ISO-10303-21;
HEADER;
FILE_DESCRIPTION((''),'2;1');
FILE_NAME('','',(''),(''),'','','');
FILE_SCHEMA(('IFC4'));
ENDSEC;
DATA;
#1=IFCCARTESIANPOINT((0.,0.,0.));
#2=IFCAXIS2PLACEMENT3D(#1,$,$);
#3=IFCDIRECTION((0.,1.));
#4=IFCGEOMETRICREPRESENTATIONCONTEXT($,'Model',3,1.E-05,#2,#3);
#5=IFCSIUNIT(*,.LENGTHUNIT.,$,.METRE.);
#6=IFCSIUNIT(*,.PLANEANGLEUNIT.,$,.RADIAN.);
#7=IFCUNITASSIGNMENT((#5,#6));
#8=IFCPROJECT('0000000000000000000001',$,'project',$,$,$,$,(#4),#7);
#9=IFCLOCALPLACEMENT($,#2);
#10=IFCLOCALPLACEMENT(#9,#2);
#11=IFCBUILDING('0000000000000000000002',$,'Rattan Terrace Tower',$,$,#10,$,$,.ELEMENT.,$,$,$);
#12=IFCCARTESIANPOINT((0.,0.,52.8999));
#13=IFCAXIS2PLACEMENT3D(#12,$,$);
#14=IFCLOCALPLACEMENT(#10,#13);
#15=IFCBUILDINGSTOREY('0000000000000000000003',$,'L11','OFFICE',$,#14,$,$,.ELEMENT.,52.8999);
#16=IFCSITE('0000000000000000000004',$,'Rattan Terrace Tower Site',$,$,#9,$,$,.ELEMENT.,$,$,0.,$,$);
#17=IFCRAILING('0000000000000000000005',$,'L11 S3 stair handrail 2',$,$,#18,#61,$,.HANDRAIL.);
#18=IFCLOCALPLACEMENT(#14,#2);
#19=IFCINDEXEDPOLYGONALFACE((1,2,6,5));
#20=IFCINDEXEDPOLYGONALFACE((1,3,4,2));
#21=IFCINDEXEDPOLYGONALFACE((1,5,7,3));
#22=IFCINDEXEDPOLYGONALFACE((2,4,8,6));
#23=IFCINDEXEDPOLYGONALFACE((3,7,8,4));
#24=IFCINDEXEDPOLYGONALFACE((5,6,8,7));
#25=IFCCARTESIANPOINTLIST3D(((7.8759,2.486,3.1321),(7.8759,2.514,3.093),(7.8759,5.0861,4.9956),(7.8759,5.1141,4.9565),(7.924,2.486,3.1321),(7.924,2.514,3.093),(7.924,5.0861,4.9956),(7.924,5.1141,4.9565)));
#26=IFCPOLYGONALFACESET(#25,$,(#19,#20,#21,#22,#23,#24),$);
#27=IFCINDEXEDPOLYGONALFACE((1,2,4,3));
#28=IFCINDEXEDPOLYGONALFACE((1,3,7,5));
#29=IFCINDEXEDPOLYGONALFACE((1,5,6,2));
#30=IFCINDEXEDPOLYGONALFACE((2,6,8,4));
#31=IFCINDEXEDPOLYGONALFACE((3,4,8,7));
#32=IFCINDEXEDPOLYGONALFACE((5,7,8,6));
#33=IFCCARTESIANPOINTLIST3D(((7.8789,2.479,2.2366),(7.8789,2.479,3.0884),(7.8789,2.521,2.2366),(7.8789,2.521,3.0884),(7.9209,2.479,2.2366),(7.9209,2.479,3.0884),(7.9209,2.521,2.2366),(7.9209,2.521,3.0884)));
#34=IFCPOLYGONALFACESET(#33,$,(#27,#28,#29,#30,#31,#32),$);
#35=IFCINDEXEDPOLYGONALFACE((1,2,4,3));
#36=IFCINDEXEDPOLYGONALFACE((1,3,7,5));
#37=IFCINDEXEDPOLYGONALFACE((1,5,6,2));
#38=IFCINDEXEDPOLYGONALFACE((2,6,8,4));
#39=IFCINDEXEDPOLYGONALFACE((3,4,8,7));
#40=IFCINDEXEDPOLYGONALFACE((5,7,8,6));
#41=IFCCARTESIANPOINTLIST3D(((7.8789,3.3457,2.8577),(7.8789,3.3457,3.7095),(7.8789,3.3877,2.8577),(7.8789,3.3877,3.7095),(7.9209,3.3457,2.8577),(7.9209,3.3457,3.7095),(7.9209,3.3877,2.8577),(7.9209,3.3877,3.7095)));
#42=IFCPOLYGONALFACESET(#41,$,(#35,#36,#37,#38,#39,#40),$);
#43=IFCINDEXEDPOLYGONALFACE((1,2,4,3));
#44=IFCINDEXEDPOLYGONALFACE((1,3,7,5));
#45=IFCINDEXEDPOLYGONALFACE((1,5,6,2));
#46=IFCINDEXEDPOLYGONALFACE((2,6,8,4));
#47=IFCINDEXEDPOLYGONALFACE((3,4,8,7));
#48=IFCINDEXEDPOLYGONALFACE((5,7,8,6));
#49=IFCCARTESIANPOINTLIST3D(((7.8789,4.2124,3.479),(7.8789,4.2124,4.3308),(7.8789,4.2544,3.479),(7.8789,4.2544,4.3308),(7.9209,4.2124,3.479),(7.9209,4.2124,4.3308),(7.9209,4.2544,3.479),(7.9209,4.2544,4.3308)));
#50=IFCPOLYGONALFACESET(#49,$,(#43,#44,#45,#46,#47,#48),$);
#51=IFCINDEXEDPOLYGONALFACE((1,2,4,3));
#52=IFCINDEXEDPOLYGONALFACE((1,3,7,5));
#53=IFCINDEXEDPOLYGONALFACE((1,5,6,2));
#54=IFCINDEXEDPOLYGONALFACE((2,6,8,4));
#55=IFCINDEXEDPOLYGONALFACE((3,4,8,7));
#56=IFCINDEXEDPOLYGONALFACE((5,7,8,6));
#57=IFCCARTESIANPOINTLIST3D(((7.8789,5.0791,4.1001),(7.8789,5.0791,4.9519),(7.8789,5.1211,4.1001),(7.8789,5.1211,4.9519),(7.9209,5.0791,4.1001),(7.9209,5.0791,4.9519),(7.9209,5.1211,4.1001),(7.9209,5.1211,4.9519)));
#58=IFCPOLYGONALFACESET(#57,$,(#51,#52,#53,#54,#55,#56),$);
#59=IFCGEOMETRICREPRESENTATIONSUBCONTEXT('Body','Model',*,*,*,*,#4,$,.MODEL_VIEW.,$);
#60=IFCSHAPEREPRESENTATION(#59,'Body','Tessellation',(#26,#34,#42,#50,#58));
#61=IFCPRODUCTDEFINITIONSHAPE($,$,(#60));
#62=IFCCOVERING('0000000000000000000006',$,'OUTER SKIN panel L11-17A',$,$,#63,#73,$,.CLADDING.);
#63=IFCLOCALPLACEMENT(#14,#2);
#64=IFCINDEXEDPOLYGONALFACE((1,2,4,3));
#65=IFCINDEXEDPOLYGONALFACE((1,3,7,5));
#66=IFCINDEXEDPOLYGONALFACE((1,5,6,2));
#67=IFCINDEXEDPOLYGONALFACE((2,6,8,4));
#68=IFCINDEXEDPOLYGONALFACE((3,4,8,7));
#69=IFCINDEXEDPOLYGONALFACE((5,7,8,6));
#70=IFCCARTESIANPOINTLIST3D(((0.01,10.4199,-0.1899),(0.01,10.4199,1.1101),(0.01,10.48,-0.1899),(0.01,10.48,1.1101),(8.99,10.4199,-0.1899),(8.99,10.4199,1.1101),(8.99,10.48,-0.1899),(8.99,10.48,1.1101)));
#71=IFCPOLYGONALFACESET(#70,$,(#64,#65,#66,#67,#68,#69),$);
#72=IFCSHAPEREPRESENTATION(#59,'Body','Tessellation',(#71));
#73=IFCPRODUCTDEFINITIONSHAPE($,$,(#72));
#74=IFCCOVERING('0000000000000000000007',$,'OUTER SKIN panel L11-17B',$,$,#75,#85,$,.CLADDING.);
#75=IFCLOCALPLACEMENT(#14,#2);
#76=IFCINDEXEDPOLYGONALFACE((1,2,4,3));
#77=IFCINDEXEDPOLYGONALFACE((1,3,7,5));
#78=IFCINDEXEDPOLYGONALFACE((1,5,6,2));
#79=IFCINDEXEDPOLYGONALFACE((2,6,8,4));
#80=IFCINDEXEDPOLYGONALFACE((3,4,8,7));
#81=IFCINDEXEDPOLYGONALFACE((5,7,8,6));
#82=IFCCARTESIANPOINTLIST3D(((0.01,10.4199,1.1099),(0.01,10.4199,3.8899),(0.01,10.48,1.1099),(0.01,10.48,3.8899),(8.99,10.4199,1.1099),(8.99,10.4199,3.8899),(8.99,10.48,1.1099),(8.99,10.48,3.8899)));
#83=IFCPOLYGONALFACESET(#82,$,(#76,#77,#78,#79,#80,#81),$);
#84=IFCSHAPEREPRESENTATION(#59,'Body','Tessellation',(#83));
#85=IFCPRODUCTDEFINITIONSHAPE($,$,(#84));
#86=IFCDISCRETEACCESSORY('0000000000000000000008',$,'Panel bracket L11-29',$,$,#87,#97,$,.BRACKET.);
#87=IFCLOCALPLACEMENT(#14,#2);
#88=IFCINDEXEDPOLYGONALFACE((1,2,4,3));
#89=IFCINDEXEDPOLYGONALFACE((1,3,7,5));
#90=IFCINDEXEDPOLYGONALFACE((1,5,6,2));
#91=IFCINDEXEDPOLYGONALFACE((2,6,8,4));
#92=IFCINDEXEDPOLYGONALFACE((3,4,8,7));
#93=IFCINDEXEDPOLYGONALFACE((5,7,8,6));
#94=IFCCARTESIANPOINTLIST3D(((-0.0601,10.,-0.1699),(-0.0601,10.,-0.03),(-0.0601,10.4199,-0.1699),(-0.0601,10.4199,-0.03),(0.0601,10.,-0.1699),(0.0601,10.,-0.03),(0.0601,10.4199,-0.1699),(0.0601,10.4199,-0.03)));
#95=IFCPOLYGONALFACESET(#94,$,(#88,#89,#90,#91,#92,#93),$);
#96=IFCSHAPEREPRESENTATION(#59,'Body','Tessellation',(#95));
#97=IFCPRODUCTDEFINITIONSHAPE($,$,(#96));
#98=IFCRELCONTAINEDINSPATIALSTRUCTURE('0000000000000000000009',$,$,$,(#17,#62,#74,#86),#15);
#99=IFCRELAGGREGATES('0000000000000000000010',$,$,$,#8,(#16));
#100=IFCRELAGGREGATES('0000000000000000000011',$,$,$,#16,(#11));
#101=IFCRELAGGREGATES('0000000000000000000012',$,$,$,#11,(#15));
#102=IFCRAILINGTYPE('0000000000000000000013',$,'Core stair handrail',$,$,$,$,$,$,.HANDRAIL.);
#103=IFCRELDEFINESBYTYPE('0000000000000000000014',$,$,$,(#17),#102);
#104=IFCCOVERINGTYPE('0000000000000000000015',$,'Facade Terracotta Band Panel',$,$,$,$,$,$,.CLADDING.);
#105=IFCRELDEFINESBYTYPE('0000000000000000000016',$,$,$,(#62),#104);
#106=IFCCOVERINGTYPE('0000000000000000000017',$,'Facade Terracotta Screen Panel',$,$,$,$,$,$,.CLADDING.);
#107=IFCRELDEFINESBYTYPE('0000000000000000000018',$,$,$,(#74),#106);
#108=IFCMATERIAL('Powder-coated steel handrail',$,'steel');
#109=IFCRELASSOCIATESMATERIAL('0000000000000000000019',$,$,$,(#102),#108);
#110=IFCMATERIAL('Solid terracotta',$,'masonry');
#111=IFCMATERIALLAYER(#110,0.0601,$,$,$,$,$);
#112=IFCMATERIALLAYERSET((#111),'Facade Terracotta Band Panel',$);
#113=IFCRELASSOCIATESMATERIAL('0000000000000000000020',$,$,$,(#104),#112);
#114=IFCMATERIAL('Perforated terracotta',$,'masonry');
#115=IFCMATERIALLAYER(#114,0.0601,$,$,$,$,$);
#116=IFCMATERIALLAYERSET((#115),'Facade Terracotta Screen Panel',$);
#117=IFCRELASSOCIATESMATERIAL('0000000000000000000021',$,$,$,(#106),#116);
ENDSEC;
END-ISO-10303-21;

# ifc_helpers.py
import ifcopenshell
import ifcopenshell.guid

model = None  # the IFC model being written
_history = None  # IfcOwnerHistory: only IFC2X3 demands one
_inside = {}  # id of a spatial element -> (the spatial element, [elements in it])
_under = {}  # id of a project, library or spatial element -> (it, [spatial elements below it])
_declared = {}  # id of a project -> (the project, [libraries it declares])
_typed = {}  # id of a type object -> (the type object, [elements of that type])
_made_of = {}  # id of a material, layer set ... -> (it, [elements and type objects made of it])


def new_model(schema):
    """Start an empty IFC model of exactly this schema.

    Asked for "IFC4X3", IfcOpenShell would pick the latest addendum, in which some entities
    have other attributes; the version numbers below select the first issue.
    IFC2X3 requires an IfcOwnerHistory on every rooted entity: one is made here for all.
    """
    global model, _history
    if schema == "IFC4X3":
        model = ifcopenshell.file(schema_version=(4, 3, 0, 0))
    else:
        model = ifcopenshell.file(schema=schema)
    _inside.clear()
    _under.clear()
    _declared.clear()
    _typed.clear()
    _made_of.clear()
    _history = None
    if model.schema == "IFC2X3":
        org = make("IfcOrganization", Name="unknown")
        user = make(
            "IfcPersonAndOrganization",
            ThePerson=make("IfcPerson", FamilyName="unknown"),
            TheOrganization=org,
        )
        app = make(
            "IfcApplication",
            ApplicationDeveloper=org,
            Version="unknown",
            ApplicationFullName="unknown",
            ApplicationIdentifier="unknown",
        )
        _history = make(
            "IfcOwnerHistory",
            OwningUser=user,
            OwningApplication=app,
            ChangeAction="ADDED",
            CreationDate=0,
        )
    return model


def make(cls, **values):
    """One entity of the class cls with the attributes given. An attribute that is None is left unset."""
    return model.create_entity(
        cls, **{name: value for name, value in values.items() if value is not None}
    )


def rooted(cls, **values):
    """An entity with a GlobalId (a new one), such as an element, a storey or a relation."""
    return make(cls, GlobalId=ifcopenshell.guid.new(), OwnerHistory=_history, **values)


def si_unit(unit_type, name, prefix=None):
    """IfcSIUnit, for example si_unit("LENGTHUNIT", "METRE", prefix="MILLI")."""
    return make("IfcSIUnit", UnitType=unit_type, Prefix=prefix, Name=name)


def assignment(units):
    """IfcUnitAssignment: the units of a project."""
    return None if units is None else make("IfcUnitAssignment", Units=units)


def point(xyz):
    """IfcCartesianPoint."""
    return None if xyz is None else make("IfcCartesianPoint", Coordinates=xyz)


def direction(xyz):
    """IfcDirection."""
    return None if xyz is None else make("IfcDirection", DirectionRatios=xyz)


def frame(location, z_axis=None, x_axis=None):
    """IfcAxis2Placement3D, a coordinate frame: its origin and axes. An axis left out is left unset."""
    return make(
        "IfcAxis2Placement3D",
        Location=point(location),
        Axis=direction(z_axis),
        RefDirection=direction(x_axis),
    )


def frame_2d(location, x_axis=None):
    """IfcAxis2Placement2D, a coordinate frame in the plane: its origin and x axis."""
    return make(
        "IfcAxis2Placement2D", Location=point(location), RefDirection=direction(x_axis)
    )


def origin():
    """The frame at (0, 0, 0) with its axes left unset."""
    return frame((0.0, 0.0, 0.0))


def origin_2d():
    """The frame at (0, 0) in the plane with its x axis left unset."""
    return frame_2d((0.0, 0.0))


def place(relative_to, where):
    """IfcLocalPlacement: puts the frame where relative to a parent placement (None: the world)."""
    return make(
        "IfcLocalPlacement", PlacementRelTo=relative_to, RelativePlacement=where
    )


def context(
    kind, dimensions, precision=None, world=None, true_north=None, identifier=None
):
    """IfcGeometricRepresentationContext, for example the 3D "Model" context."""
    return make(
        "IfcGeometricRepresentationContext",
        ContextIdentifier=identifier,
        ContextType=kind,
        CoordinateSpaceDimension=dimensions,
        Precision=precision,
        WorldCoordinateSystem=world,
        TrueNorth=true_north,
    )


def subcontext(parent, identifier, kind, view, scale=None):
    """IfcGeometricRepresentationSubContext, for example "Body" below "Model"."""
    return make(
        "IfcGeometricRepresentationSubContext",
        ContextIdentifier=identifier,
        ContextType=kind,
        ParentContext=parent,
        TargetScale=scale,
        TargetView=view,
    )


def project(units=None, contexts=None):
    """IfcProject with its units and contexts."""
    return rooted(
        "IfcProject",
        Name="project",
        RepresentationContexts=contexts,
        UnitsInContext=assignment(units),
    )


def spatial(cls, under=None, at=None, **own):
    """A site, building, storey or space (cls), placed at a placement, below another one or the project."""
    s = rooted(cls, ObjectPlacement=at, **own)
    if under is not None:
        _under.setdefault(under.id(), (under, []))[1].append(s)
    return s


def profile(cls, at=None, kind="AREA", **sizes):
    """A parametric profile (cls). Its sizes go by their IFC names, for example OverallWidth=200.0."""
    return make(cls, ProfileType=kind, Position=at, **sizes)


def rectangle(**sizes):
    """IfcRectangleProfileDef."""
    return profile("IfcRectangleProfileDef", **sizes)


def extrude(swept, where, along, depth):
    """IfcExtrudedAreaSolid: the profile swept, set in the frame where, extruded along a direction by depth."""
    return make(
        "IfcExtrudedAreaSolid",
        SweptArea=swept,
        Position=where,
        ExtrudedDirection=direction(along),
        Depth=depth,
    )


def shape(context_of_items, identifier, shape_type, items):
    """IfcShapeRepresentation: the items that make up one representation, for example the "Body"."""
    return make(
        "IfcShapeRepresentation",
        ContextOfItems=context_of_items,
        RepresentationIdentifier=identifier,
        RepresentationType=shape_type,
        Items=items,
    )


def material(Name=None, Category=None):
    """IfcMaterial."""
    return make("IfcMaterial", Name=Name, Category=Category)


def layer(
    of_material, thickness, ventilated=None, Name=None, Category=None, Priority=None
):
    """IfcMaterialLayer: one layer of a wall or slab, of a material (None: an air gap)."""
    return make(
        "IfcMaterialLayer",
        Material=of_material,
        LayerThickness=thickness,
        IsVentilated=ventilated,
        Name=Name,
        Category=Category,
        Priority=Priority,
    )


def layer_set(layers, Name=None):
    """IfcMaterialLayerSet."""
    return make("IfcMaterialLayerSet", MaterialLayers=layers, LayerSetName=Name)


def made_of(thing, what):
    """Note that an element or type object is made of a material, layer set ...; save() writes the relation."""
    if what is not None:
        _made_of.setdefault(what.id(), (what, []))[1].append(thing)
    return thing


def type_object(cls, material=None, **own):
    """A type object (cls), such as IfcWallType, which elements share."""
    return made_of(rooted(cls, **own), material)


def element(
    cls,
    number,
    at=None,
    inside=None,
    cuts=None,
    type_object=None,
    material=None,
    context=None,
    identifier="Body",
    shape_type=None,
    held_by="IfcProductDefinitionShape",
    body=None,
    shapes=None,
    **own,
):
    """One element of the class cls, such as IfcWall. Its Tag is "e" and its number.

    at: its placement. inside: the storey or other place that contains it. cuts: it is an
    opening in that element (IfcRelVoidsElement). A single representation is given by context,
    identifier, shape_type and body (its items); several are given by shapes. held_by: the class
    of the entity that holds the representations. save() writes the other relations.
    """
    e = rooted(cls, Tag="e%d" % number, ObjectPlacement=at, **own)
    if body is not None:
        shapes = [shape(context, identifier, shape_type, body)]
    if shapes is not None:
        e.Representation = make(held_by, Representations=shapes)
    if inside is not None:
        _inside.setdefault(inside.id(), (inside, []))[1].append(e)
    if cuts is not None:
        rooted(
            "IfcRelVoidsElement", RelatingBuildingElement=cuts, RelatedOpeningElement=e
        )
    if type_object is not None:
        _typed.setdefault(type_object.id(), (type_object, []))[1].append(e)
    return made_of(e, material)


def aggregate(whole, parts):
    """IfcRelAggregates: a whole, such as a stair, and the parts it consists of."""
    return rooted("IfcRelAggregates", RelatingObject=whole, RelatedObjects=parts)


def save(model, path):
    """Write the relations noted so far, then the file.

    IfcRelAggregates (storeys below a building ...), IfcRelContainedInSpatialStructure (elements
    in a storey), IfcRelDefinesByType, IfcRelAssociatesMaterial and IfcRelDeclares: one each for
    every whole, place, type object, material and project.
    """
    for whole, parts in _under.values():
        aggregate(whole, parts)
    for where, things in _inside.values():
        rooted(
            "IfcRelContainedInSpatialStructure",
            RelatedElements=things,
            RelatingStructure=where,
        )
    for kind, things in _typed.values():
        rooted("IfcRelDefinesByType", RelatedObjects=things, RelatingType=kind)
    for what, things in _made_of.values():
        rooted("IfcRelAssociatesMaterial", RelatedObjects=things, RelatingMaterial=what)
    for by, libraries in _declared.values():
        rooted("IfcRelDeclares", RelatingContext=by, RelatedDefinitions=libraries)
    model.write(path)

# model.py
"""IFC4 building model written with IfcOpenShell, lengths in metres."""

from ifc_helpers import new_model, si_unit, direction, frame, origin, origin_2d, place, context, subcontext, project, spatial, rectangle, extrude, material, layer, layer_set, type_object, element, save


model = new_model("IFC4")

# Units and contexts
model_context = context("Model", 3, precision=1e-05, world=origin(), true_north=direction((0.0, 1.0)))
body_context = subcontext(model_context, "Body", "Model", "MODEL_VIEW")
ifc_project = project(units=[si_unit("LENGTHUNIT", "METRE"), si_unit("PLANEANGLEUNIT", "RADIAN")], contexts=[model_context])

# Site, building, storey
site_placement = place(None, origin())
site = spatial("IfcSite", under=ifc_project, at=site_placement, Name="Rattan Terrace Tower Site", CompositionType="ELEMENT", RefElevation=0.0)
building_placement = place(site_placement, origin())
building = spatial("IfcBuilding", under=site, at=building_placement, Name="Rattan Terrace Tower", CompositionType="ELEMENT")
storey_placement = place(building_placement, frame((0.0, 0.0, 52.8999)))
storey = spatial("IfcBuildingStorey", under=building, at=storey_placement, Name="L11", Description="OFFICE", CompositionType="ELEMENT", Elevation=52.8999)

# Railing
ifc_material_1 = material(Name="Powder-coated steel handrail", Category="steel")
railing_type_1 = type_object("IfcRailingType", Name="Core stair handrail", PredefinedType="HANDRAIL", material=ifc_material_1)
railing_1_placement = place(storey_placement, frame((7.8999, 2.5, 2.2366)))
element("IfcRailing", 1, at=railing_1_placement, inside=storey, type_object=railing_type_1, Name="L11 S3 stair handrail 2", PredefinedType="HANDRAIL", context=body_context, shape_type="SweptSolid", body=[
    extrude(rectangle(XDim=0.0481, YDim=0.0481, at=origin_2d()), frame((0.0, 0.0, 0.876), z_axis=(0.0, 0.812799, 0.582544), x_axis=(-1.0, 0.0, 0.0)), (0.0, 0.0, 1.0), 3.199),
    extrude(rectangle(XDim=0.042, YDim=0.042, at=origin_2d()), origin(), (0.0, 0.0, 1.0), 0.8518),
    extrude(rectangle(XDim=0.042, YDim=0.042, at=origin_2d()), frame((0.0, 0.8667, 0.6211)), (0.0, 0.0, 1.0), 0.8518),
    extrude(rectangle(XDim=0.042, YDim=0.042, at=origin_2d()), frame((0.0, 1.7334, 1.2424)), (0.0, 0.0, 1.0), 0.8518),
    extrude(rectangle(XDim=0.042, YDim=0.042, at=origin_2d()), frame((0.0, 2.6001, 1.8635)), (0.0, 0.0, 1.0), 0.8518),
])

# Coverings
ifc_material_2 = material(Name="Solid terracotta", Category="masonry")
ifc_layer_1 = layer(ifc_material_2, 0.0601)
ifc_layer_set_1 = layer_set([ifc_layer_1], Name="Facade Terracotta Band Panel")
covering_type_1 = type_object("IfcCoveringType", Name="Facade Terracotta Band Panel", PredefinedType="CLADDING", material=ifc_layer_set_1)
covering_1_placement = place(storey_placement, frame((4.5, 10.45, -0.1899), z_axis=(0.0, 0.0, 1.0), x_axis=(-1.0, 0.0, 0.0)))
element("IfcCovering", 2, at=covering_1_placement, inside=storey, type_object=covering_type_1, Name="OUTER SKIN panel L11-17A", PredefinedType="CLADDING", context=body_context, shape_type="SweptSolid", body=[
    extrude(rectangle(XDim=8.98, YDim=0.0601, at=origin_2d()), origin(), (0.0, 0.0, 1.0), 1.3),
])
ifc_material_3 = material(Name="Perforated terracotta", Category="masonry")
ifc_layer_2 = layer(ifc_material_3, 0.0601)
ifc_layer_set_2 = layer_set([ifc_layer_2], Name="Facade Terracotta Screen Panel")
covering_type_2 = type_object("IfcCoveringType", Name="Facade Terracotta Screen Panel", PredefinedType="CLADDING", material=ifc_layer_set_2)
covering_2_placement = place(storey_placement, frame((4.5, 10.45, 1.1099), z_axis=(0.0, 0.0, 1.0), x_axis=(-1.0, 0.0, 0.0)))
element("IfcCovering", 3, at=covering_2_placement, inside=storey, type_object=covering_type_2, Name="OUTER SKIN panel L11-17B", PredefinedType="CLADDING", context=body_context, shape_type="SweptSolid", body=[
    extrude(rectangle(XDim=8.98, YDim=0.0601, at=origin_2d()), origin(), (0.0, 0.0, 1.0), 2.78),
])

# Discrete accessory
discrete_accessory_placement = place(storey_placement, frame((0.0, 10.21, -0.1699), z_axis=(0.0, 0.0, 1.0), x_axis=(-1.0, 0.0, 0.0)))
element("IfcDiscreteAccessory", 4, at=discrete_accessory_placement, inside=storey, Name="Panel bracket L11-29", PredefinedType="BRACKET", context=body_context, shape_type="SweptSolid", body=[
    extrude(rectangle(XDim=0.1201, YDim=0.4199, at=origin_2d()), origin(), (0.0, 0.0, 1.0), 0.1399),
])

save(model, "model.ifc")
